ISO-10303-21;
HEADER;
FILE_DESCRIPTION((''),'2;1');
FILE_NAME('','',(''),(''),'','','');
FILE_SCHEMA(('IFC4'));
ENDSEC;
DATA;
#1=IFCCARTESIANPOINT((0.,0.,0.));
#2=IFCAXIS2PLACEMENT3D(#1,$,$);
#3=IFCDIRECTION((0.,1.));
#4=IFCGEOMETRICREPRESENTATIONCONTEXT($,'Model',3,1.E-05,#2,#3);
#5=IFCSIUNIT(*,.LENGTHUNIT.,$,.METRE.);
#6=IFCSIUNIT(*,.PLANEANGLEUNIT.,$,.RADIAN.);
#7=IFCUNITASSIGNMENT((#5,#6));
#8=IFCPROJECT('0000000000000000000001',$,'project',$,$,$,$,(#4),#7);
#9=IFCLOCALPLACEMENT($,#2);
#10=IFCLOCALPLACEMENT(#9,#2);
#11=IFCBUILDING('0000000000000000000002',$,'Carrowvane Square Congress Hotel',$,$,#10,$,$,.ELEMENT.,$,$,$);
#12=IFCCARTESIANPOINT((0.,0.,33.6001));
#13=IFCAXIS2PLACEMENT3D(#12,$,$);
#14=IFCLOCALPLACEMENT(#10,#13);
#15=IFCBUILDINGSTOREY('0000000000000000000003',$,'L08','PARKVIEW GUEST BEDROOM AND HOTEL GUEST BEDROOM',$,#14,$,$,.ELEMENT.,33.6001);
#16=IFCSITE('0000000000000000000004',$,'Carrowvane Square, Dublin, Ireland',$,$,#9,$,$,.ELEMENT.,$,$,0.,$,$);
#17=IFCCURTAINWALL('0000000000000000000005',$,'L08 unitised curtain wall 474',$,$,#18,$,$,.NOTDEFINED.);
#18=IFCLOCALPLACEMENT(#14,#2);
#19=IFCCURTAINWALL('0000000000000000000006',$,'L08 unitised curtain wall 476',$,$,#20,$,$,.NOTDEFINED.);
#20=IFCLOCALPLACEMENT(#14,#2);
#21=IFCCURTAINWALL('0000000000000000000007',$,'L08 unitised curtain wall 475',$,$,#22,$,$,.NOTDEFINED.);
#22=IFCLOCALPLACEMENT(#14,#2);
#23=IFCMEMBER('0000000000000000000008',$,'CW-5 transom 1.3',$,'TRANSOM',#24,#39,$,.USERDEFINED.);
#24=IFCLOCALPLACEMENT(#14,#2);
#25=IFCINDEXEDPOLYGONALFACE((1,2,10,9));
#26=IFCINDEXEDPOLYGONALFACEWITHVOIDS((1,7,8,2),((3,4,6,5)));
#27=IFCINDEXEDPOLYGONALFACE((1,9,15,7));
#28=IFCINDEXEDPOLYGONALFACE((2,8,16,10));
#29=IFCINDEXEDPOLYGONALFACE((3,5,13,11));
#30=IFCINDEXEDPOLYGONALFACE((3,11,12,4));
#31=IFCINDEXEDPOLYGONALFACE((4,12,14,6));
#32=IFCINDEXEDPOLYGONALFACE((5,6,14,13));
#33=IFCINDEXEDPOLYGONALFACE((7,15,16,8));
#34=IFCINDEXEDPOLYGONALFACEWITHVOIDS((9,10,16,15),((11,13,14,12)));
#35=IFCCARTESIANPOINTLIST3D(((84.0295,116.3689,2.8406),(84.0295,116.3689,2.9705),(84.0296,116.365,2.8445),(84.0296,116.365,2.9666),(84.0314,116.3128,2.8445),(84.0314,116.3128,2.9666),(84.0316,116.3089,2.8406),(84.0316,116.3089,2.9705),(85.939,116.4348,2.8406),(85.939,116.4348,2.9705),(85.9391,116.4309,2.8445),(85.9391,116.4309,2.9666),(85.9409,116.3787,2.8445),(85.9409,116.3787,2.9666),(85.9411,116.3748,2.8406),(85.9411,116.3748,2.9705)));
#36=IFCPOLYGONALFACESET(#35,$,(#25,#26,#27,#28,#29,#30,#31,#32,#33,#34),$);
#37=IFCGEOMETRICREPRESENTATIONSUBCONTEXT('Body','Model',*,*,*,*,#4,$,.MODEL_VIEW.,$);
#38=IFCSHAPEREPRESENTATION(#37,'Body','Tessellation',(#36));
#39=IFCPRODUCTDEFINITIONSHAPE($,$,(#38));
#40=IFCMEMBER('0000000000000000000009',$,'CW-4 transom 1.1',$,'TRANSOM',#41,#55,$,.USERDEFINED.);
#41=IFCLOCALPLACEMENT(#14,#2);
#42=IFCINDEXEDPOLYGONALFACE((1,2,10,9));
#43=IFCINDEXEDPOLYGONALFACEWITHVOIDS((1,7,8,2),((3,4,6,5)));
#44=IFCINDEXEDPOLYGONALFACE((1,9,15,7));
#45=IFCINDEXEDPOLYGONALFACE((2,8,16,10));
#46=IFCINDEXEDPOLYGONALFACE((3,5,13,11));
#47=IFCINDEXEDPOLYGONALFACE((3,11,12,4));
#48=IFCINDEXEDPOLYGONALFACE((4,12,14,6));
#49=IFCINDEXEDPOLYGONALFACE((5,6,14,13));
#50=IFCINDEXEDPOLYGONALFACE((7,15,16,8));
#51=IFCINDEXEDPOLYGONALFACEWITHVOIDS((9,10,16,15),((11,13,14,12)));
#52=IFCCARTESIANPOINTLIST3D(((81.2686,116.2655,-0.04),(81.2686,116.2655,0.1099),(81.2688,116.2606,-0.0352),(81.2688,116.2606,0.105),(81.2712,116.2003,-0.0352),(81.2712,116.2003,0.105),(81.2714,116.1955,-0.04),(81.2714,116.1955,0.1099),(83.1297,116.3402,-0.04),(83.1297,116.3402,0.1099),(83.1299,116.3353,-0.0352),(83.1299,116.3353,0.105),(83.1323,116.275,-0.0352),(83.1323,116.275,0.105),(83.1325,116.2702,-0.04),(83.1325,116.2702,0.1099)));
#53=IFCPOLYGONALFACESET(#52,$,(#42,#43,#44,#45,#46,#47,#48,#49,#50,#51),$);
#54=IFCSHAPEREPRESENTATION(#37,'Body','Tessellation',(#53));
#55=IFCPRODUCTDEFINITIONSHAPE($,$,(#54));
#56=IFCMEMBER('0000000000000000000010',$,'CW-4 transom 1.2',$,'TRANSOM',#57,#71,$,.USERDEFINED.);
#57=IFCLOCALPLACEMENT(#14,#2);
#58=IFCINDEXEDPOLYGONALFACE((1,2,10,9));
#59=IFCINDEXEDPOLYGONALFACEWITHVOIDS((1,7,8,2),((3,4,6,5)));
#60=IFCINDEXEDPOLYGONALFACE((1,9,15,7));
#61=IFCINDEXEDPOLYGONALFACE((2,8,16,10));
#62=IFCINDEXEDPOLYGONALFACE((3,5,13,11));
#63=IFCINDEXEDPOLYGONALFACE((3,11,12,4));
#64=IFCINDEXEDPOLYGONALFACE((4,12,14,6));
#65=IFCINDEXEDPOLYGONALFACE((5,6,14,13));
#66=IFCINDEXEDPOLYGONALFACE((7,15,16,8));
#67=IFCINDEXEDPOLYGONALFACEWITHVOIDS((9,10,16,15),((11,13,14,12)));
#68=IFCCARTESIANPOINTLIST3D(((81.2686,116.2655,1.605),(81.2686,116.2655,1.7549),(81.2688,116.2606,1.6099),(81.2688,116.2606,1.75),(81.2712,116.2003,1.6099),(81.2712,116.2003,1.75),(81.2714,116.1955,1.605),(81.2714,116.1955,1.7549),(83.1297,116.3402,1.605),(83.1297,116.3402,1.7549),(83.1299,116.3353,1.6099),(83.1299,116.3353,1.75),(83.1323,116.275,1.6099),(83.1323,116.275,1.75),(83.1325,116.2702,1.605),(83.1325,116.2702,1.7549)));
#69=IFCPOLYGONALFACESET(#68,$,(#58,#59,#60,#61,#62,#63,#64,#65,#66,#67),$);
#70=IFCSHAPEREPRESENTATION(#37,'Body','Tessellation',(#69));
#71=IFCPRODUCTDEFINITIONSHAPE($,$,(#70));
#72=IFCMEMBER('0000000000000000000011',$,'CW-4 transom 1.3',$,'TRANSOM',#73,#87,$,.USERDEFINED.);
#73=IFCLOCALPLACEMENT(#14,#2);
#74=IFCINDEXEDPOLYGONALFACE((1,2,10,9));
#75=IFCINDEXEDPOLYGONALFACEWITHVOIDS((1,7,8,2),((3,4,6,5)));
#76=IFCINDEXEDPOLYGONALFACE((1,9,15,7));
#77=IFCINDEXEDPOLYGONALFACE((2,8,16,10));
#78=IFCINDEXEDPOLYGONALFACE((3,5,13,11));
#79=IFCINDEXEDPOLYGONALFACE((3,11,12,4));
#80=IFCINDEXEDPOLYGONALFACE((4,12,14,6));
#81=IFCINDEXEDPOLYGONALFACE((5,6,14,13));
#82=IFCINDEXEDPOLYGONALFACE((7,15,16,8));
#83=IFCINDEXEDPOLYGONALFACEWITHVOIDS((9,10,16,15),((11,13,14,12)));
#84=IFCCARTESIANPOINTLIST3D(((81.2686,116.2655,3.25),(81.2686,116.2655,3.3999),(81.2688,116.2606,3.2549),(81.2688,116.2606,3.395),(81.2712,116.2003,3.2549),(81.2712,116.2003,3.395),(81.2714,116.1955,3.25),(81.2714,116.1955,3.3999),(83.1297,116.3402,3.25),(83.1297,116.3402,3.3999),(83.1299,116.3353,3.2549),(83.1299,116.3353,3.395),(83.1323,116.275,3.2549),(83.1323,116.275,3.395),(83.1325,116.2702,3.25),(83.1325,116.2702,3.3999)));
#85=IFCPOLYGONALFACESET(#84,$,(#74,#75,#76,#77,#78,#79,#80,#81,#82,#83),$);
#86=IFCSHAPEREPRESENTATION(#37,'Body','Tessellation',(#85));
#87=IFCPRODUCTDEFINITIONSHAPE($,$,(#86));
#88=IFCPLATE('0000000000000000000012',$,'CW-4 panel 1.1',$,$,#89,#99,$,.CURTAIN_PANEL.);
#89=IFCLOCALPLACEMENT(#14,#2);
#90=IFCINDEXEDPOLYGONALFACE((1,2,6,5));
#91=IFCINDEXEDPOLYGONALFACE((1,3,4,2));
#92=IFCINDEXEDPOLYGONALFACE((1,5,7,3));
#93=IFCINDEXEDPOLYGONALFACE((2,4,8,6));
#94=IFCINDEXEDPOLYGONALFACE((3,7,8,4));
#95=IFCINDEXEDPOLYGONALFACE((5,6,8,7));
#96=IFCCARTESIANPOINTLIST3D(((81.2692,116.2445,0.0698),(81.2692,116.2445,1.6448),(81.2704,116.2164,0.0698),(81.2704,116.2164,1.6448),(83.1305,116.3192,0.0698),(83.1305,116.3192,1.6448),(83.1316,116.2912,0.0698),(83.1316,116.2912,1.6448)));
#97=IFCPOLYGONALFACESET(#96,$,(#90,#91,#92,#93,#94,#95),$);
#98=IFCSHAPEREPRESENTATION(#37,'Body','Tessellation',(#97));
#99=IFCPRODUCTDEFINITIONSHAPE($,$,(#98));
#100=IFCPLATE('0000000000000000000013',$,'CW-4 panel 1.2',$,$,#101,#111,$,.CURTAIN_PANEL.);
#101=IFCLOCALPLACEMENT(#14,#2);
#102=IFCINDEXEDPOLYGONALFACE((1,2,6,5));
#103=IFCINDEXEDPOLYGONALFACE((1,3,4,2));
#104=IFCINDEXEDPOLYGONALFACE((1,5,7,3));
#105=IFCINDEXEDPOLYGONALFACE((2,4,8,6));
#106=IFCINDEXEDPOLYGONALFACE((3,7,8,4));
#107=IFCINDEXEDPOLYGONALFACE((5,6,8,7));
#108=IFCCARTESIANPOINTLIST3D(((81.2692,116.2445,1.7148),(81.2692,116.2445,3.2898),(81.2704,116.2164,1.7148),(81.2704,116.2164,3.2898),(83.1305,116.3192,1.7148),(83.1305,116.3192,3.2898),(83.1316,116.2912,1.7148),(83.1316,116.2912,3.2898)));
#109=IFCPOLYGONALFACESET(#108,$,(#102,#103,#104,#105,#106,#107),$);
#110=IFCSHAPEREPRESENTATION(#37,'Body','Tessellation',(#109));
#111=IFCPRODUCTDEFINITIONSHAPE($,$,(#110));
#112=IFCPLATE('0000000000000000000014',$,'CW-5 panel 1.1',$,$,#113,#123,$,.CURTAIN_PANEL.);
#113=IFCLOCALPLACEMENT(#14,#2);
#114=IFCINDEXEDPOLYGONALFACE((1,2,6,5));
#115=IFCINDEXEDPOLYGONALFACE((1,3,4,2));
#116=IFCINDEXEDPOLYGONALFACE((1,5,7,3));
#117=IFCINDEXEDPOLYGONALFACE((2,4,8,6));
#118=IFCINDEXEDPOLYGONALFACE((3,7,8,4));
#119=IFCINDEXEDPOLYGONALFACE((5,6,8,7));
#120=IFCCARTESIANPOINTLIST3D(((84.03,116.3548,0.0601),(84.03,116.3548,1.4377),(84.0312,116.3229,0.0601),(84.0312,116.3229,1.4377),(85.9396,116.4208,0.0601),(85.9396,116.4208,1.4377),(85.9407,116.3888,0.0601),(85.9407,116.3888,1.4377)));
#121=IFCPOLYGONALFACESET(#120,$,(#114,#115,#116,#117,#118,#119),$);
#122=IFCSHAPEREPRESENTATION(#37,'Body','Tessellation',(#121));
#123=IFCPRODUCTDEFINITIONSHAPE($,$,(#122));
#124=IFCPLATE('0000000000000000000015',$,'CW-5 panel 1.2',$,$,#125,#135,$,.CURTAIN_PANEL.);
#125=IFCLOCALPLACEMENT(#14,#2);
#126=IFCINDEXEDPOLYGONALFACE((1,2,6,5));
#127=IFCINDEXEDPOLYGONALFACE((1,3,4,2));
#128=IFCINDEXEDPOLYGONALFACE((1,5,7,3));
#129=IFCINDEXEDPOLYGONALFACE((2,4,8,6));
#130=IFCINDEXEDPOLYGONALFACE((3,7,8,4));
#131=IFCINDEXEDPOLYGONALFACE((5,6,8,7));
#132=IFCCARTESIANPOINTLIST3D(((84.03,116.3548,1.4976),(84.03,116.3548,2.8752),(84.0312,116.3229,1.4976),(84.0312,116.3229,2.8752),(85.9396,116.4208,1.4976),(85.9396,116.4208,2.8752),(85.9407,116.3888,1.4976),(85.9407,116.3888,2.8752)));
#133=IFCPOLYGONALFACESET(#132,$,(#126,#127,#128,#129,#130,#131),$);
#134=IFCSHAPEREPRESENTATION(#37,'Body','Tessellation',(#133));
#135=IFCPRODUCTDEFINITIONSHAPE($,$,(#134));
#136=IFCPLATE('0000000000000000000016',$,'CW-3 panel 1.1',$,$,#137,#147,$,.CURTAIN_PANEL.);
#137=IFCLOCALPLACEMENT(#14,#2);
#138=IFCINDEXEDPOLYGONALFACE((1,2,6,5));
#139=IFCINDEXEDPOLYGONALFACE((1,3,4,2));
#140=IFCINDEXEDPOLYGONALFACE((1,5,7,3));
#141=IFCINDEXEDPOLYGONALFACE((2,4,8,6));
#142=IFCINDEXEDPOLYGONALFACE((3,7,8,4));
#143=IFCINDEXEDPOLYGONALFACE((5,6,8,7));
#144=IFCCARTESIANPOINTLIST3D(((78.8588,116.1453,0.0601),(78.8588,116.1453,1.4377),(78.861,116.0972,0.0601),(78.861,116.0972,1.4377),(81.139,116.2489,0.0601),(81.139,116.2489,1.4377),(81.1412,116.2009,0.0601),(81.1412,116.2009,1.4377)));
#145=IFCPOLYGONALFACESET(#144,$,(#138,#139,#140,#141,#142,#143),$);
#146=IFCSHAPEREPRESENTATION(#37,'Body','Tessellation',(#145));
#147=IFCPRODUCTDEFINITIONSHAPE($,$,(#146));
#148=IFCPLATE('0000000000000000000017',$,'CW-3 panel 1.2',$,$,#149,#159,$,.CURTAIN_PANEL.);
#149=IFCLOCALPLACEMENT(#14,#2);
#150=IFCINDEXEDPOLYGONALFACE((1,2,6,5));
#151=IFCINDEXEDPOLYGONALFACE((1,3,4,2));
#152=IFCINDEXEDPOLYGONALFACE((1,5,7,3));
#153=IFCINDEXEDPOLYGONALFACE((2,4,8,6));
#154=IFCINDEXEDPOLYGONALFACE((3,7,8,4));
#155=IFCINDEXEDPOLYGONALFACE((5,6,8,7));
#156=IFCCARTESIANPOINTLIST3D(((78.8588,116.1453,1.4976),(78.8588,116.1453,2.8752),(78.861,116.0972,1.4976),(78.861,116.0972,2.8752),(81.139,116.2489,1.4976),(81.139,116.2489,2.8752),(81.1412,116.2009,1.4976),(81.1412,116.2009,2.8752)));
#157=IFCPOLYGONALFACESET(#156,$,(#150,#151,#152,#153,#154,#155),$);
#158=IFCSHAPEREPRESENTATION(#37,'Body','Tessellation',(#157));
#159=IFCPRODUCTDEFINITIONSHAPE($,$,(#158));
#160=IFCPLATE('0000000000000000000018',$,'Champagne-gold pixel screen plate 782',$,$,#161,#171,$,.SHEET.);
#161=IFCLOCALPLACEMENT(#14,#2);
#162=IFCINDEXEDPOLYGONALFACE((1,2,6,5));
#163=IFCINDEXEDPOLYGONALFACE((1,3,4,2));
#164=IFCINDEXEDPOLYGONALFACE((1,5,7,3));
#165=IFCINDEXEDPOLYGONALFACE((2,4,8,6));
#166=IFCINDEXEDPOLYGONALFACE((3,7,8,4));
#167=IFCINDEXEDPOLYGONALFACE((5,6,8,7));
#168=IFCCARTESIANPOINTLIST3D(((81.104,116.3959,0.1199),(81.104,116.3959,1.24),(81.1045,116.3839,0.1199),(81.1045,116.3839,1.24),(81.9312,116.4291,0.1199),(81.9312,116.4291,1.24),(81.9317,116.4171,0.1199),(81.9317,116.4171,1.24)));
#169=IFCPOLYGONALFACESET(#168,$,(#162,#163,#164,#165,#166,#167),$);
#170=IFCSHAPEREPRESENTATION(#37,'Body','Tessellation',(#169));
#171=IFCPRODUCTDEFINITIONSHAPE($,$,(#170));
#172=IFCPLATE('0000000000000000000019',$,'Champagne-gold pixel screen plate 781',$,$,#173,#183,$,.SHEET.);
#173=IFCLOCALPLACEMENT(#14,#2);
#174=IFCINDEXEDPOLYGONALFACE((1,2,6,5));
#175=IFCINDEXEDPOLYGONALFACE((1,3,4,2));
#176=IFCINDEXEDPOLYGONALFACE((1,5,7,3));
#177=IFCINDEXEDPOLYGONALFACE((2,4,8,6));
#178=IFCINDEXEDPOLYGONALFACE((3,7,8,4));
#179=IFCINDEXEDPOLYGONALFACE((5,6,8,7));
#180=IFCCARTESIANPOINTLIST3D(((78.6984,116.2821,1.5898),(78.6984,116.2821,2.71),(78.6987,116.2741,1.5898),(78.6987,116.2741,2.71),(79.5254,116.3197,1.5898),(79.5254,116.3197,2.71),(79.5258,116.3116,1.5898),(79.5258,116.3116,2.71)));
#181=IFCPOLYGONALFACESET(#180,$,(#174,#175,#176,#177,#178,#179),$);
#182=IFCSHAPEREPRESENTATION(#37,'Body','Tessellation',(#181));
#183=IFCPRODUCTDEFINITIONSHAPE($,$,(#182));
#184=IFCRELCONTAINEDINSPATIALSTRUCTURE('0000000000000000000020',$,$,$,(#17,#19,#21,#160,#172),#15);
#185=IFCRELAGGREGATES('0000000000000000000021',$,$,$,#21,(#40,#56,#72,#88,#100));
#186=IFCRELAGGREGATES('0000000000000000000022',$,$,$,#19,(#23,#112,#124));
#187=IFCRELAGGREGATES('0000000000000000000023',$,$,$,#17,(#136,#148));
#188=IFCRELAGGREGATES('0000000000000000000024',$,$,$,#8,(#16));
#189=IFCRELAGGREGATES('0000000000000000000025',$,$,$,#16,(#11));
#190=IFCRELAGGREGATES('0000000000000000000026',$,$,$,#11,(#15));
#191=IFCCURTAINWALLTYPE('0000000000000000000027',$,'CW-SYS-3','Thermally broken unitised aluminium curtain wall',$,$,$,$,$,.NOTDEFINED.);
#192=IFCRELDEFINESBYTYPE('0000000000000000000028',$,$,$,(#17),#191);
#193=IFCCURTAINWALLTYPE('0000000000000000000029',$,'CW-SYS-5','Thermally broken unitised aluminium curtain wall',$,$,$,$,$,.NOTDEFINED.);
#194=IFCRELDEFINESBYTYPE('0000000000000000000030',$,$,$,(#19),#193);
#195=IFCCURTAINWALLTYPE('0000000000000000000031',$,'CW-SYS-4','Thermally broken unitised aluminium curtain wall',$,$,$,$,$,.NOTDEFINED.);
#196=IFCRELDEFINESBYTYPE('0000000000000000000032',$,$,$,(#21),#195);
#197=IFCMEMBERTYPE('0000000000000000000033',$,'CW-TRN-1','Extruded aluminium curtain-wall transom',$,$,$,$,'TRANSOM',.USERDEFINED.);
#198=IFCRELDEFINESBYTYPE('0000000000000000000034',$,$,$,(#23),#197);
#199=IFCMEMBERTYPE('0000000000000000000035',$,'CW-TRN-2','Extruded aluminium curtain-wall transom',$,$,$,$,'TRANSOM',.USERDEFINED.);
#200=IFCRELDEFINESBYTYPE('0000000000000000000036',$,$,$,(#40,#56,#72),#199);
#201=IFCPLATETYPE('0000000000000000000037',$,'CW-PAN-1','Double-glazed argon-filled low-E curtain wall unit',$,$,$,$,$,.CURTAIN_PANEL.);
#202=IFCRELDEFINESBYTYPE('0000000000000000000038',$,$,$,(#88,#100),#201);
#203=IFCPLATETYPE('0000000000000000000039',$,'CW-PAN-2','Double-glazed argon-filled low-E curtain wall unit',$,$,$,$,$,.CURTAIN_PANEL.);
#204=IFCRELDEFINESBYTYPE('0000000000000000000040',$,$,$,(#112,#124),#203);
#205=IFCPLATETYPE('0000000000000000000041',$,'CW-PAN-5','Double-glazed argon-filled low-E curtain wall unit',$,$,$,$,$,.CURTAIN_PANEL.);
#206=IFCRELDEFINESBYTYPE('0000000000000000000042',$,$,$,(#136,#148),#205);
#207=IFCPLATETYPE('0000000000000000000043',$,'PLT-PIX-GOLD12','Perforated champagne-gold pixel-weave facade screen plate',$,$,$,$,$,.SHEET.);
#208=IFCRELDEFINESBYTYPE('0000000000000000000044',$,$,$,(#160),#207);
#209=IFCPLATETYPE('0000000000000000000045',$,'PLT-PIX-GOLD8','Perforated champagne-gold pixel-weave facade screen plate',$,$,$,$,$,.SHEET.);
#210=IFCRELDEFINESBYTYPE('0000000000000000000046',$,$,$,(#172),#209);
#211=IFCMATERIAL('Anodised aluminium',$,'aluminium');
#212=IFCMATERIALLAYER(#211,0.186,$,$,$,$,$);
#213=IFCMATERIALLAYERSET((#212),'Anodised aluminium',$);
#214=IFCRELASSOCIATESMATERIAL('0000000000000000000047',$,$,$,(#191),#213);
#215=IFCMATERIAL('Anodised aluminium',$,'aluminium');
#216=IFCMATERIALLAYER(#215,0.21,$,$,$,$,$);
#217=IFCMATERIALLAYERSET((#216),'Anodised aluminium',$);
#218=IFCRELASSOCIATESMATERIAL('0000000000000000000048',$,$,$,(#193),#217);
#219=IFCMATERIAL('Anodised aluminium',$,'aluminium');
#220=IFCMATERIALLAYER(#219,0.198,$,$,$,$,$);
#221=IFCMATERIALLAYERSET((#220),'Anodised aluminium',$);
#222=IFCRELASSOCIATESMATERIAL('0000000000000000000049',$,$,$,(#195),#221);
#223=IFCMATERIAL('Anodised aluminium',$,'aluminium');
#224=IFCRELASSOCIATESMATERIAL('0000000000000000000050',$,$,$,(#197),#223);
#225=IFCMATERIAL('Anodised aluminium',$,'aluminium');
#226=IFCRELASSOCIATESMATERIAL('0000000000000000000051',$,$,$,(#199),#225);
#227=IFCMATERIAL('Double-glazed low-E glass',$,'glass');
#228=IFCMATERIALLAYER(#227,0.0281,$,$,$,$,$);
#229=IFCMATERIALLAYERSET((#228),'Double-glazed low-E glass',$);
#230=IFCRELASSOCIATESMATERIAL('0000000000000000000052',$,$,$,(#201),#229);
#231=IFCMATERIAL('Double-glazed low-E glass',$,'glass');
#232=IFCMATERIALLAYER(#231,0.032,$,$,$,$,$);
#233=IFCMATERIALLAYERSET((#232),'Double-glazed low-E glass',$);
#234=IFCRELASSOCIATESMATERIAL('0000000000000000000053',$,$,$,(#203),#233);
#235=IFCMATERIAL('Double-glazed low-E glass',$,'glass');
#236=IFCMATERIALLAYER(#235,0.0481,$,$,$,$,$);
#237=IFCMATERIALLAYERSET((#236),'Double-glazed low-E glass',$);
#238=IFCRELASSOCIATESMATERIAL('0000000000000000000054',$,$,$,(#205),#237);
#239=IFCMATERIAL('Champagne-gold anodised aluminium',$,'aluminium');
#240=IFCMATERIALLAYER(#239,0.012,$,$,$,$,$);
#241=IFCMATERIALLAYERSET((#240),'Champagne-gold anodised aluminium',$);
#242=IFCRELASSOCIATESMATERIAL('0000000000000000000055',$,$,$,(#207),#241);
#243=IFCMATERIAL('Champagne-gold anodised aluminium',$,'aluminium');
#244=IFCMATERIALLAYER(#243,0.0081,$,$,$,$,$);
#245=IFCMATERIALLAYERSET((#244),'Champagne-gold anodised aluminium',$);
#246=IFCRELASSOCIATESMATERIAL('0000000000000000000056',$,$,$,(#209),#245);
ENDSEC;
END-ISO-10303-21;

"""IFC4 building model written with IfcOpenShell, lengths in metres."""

from ifc_helpers import new_model, si_unit, direction, frame, origin, origin_2d, place, context, subcontext, project, spatial, rectangle, hollow_rectangle, extrude, material, layer, layer_set, material_profile, profile_set, type_object, element, aggregate, save


model = new_model("IFC4")

# Units and contexts
model_context = context("Model", 3, precision=1e-05, world=origin(), true_north=direction((0.0, 1.0)))
body_context = subcontext(model_context, "Body", "Model", "MODEL_VIEW")
ifc_project = project(units=[si_unit("LENGTHUNIT", "METRE"), si_unit("PLANEANGLEUNIT", "RADIAN")], contexts=[model_context])

# Site, building, storey
site_placement = place(None, origin())
site = spatial("IfcSite", under=ifc_project, at=site_placement, Name="Carrowvane Square, Dublin, Ireland", CompositionType="ELEMENT", RefElevation=0.0)
building_placement = place(site_placement, origin())
building = spatial("IfcBuilding", under=site, at=building_placement, Name="Carrowvane Square Congress Hotel", CompositionType="ELEMENT")
storey_placement = place(building_placement, frame((0.0, 0.0, 33.6001)))
storey = spatial("IfcBuildingStorey", under=building, at=storey_placement, Name="L08", Description="PARKVIEW GUEST BEDROOM AND HOTEL GUEST BEDROOM", CompositionType="ELEMENT", Elevation=33.6001)

# Curtain walls
ifc_material_1 = material(Name="Anodised aluminium", Category="aluminium")
ifc_layer_1 = layer(ifc_material_1, 0.186)
ifc_layer_set_1 = layer_set([ifc_layer_1], Name="Anodised aluminium")
curtain_wall_type_1 = type_object("IfcCurtainWallType", Name="CW-SYS-3", Description="Thermally broken unitised aluminium curtain wall", PredefinedType="NOTDEFINED", material=ifc_layer_set_1)
curtain_wall_1_placement = place(storey_placement, origin())
curtain_wall_1 = element("IfcCurtainWall", 1, at=curtain_wall_1_placement, inside=storey, type_object=curtain_wall_type_1, Name="L08 unitised curtain wall 474", PredefinedType="NOTDEFINED")
ifc_material_2 = material(Name="Anodised aluminium", Category="aluminium")
ifc_layer_2 = layer(ifc_material_2, 0.21)
ifc_layer_set_2 = layer_set([ifc_layer_2], Name="Anodised aluminium")
curtain_wall_type_2 = type_object("IfcCurtainWallType", Name="CW-SYS-5", Description="Thermally broken unitised aluminium curtain wall", PredefinedType="NOTDEFINED", material=ifc_layer_set_2)
curtain_wall_2_placement = place(storey_placement, origin())
curtain_wall_2 = element("IfcCurtainWall", 2, at=curtain_wall_2_placement, inside=storey, type_object=curtain_wall_type_2, Name="L08 unitised curtain wall 476", PredefinedType="NOTDEFINED")

# Curtain wall
ifc_material_3 = material(Name="Anodised aluminium", Category="aluminium")
ifc_layer_3 = layer(ifc_material_3, 0.198)
ifc_layer_set_3 = layer_set([ifc_layer_3], Name="Anodised aluminium")
curtain_wall_type_3 = type_object("IfcCurtainWallType", Name="CW-SYS-4", Description="Thermally broken unitised aluminium curtain wall", PredefinedType="NOTDEFINED", material=ifc_layer_set_3)
curtain_wall_3_placement = place(storey_placement, origin())
curtain_wall_3 = element("IfcCurtainWall", 3, at=curtain_wall_3_placement, inside=storey, type_object=curtain_wall_type_3, Name="L08 unitised curtain wall 475", PredefinedType="NOTDEFINED")

# Members
ifc_material_4 = material(Name="Anodised aluminium", Category="aluminium")
ifc_material_profile_1 = material_profile(ifc_material_4, hollow_rectangle(XDim=0.0601, YDim=0.1299, WallThickness=0.0039, at=origin_2d()), Name="CW-TR 60x130x4")
ifc_profile_set_1 = profile_set([ifc_material_profile_1], Name="Anodised aluminium")
member_type_1 = type_object("IfcMemberType", Name="CW-TRN-1", Description="Extruded aluminium curtain-wall transom", ElementType="TRANSOM", PredefinedType="USERDEFINED", material=ifc_profile_set_1)
member_1_placement = place(storey_placement, frame((84.0305, 116.3389, 2.9055), z_axis=(0.999405, 0.034502, 0.0), x_axis=(-0.034502, 0.999405, 0.0)))
member_1 = element("IfcMember", 4, at=member_1_placement, type_object=member_type_1, Name="CW-5 transom 1.3", ObjectType="TRANSOM", PredefinedType="USERDEFINED", context=body_context, shape_type="SweptSolid", body=[
    extrude(hollow_rectangle(XDim=0.0601, YDim=0.1299, WallThickness=0.0039, at=origin_2d()), origin(), (0.0, 0.0, 1.0), 1.9106),
])
ifc_material_5 = material(Name="Anodised aluminium", Category="aluminium")
ifc_material_profile_2 = material_profile(ifc_material_5, hollow_rectangle(XDim=0.0701, YDim=0.1499, WallThickness=0.0049, at=origin_2d()), Name="CW-TR 70x150x5")
ifc_profile_set_2 = profile_set([ifc_material_profile_2], Name="Anodised aluminium")
member_type_2 = type_object("IfcMemberType", Name="CW-TRN-2", Description="Extruded aluminium curtain-wall transom", ElementType="TRANSOM", PredefinedType="USERDEFINED", material=ifc_profile_set_2)
member_2_placement = place(storey_placement, frame((81.27, 116.2305, 0.0349), z_axis=(0.999195, 0.040109, 0.0), x_axis=(-0.040109, 0.999195, 0.0)))
member_2 = element("IfcMember", 5, at=member_2_placement, type_object=member_type_2, Name="CW-4 transom 1.1", ObjectType="TRANSOM", PredefinedType="USERDEFINED", context=body_context, shape_type="SweptSolid", body=[
    extrude(hollow_rectangle(XDim=0.0701, YDim=0.1499, WallThickness=0.0049, at=origin_2d()), origin(), (0.0, 0.0, 1.0), 1.8625),
])
member_3_placement = place(storey_placement, frame((81.27, 116.2305, 1.6799), z_axis=(0.999195, 0.040109, 0.0), x_axis=(-0.040109, 0.999195, 0.0)))
member_3 = element("IfcMember", 6, at=member_3_placement, type_object=member_type_2, Name="CW-4 transom 1.2", ObjectType="TRANSOM", PredefinedType="USERDEFINED", context=body_context, shape_type="SweptSolid", body=[
    extrude(hollow_rectangle(XDim=0.0701, YDim=0.1499, WallThickness=0.0049, at=origin_2d()), origin(), (0.0, 0.0, 1.0), 1.8625),
])
member_4_placement = place(storey_placement, frame((81.27, 116.2305, 3.325), z_axis=(0.999195, 0.040109, 0.0), x_axis=(-0.040109, 0.999195, 0.0)))
member_4 = element("IfcMember", 7, at=member_4_placement, type_object=member_type_2, Name="CW-4 transom 1.3", ObjectType="TRANSOM", PredefinedType="USERDEFINED", context=body_context, shape_type="SweptSolid", body=[
    extrude(hollow_rectangle(XDim=0.0701, YDim=0.1499, WallThickness=0.0049, at=origin_2d()), origin(), (0.0, 0.0, 1.0), 1.8625),
])

# Plates
ifc_material_6 = material(Name="Double-glazed low-E glass", Category="glass")
ifc_layer_4 = layer(ifc_material_6, 0.0281)
ifc_layer_set_4 = layer_set([ifc_layer_4], Name="Double-glazed low-E glass")
plate_type_1 = type_object("IfcPlateType", Name="CW-PAN-1", Description="Double-glazed argon-filled low-E curtain wall unit", PredefinedType="CURTAIN_PANEL", material=ifc_layer_set_4)
plate_1_placement = place(storey_placement, frame((82.2004, 116.2678, 0.0698), z_axis=(0.0, 0.0, 1.0), x_axis=(0.999194, 0.040136, 0.0)))
plate_1 = element("IfcPlate", 8, at=plate_1_placement, type_object=plate_type_1, Name="CW-4 panel 1.1", PredefinedType="CURTAIN_PANEL", context=body_context, shape_type="SweptSolid", body=[
    extrude(rectangle(XDim=1.8628, YDim=0.0281, at=origin_2d()), origin(), (0.0, 0.0, 1.0), 1.575),
])
plate_2_placement = place(storey_placement, frame((82.2004, 116.2678, 1.7148), z_axis=(0.0, 0.0, 1.0), x_axis=(0.999194, 0.040136, 0.0)))
plate_2 = element("IfcPlate", 9, at=plate_2_placement, type_object=plate_type_1, Name="CW-4 panel 1.2", PredefinedType="CURTAIN_PANEL", context=body_context, shape_type="SweptSolid", body=[
    extrude(rectangle(XDim=1.8628, YDim=0.0281, at=origin_2d()), origin(), (0.0, 0.0, 1.0), 1.575),
])
aggregate(curtain_wall_3, [member_2, member_3, member_4, plate_1, plate_2])
ifc_material_7 = material(Name="Double-glazed low-E glass", Category="glass")
ifc_layer_5 = layer(ifc_material_7, 0.032)
ifc_layer_set_5 = layer_set([ifc_layer_5], Name="Double-glazed low-E glass")
plate_type_2 = type_object("IfcPlateType", Name="CW-PAN-2", Description="Double-glazed argon-filled low-E curtain wall unit", PredefinedType="CURTAIN_PANEL", material=ifc_layer_set_5)
plate_3_placement = place(storey_placement, frame((84.9854, 116.3718, 0.0601), z_axis=(0.0, 0.0, 1.0), x_axis=(0.999404, 0.034527, 0.0)))
plate_3 = element("IfcPlate", 10, at=plate_3_placement, type_object=plate_type_2, Name="CW-5 panel 1.1", PredefinedType="CURTAIN_PANEL", context=body_context, shape_type="SweptSolid", body=[
    extrude(rectangle(XDim=1.9106, YDim=0.032, at=origin_2d()), origin(), (0.0, 0.0, 1.0), 1.3777),
])
plate_4_placement = place(storey_placement, frame((84.9854, 116.3718, 1.4976), z_axis=(0.0, 0.0, 1.0), x_axis=(0.999404, 0.034527, 0.0)))
plate_4 = element("IfcPlate", 11, at=plate_4_placement, type_object=plate_type_2, Name="CW-5 panel 1.2", PredefinedType="CURTAIN_PANEL", context=body_context, shape_type="SweptSolid", body=[
    extrude(rectangle(XDim=1.9106, YDim=0.032, at=origin_2d()), origin(), (0.0, 0.0, 1.0), 1.3777),
])
aggregate(curtain_wall_2, [member_1, plate_3, plate_4])
ifc_material_8 = material(Name="Double-glazed low-E glass", Category="glass")
ifc_layer_6 = layer(ifc_material_8, 0.0481)
ifc_layer_set_6 = layer_set([ifc_layer_6], Name="Double-glazed low-E glass")
plate_type_3 = type_object("IfcPlateType", Name="CW-PAN-5", Description="Double-glazed argon-filled low-E curtain wall unit", PredefinedType="CURTAIN_PANEL", material=ifc_layer_set_6)
plate_5_placement = place(storey_placement, frame((80.0, 116.1731, 0.0601), z_axis=(0.0, 0.0, 1.0), x_axis=(0.998968, 0.045411, 0.0)))
plate_5 = element("IfcPlate", 12, at=plate_5_placement, type_object=plate_type_3, Name="CW-3 panel 1.1", PredefinedType="CURTAIN_PANEL", context=body_context, shape_type="SweptSolid", body=[
    extrude(rectangle(XDim=2.2825, YDim=0.0481, at=origin_2d()), origin(), (0.0, 0.0, 1.0), 1.3777),
])
plate_6_placement = place(storey_placement, frame((80.0, 116.1731, 1.4976), z_axis=(0.0, 0.0, 1.0), x_axis=(0.998968, 0.045411, 0.0)))
plate_6 = element("IfcPlate", 13, at=plate_6_placement, type_object=plate_type_3, Name="CW-3 panel 1.2", PredefinedType="CURTAIN_PANEL", context=body_context, shape_type="SweptSolid", body=[
    extrude(rectangle(XDim=2.2825, YDim=0.0481, at=origin_2d()), origin(), (0.0, 0.0, 1.0), 1.3777),
])
aggregate(curtain_wall_1, [plate_5, plate_6])

# Plates
ifc_material_9 = material(Name="Champagne-gold anodised aluminium", Category="aluminium")
ifc_layer_7 = layer(ifc_material_9, 0.012)
ifc_layer_set_7 = layer_set([ifc_layer_7], Name="Champagne-gold anodised aluminium")
plate_type_4 = type_object("IfcPlateType", Name="PLT-PIX-GOLD12", Description="Perforated champagne-gold pixel-weave facade screen plate", PredefinedType="SHEET", material=ifc_layer_set_7)
plate_7_placement = place(storey_placement, frame((81.5178, 116.4065, 0.1199), z_axis=(0.0, 0.0, 1.0), x_axis=(0.999194, 0.040134, 0.0)))
element("IfcPlate", 14, at=plate_7_placement, inside=storey, type_object=plate_type_4, Name="Champagne-gold pixel screen plate 782", PredefinedType="SHEET", context=body_context, shape_type="SweptSolid", body=[
    extrude(rectangle(XDim=0.8279, YDim=0.012, at=origin_2d()), origin(), (0.0, 0.0, 1.0), 1.1201),
])
ifc_material_10 = material(Name="Champagne-gold anodised aluminium", Category="aluminium")
ifc_layer_8 = layer(ifc_material_10, 0.0081)
ifc_layer_set_8 = layer_set([ifc_layer_8], Name="Champagne-gold anodised aluminium")
plate_type_5 = type_object("IfcPlateType", Name="PLT-PIX-GOLD8", Description="Perforated champagne-gold pixel-weave facade screen plate", PredefinedType="SHEET", material=ifc_layer_set_8)
for number, where, z_axis, x_axis, name in (
    (15, (79.1121, 116.2969, 1.5898), (0.0, 0.0, 1.0), (0.998968, 0.045414, 0.0), "Champagne-gold pixel screen plate 781"),
):
    element("IfcPlate", number, at=place(storey_placement, frame(where, z_axis=z_axis, x_axis=x_axis)), inside=storey, type_object=plate_type_5, Name=name, PredefinedType="SHEET", context=body_context, shape_type="SweptSolid", body=[
        extrude(rectangle(XDim=0.8279, YDim=0.0081, at=origin_2d()), origin(), (0.0, 0.0, 1.0), 1.1201),
    ])

save(model, "model.ifc")
